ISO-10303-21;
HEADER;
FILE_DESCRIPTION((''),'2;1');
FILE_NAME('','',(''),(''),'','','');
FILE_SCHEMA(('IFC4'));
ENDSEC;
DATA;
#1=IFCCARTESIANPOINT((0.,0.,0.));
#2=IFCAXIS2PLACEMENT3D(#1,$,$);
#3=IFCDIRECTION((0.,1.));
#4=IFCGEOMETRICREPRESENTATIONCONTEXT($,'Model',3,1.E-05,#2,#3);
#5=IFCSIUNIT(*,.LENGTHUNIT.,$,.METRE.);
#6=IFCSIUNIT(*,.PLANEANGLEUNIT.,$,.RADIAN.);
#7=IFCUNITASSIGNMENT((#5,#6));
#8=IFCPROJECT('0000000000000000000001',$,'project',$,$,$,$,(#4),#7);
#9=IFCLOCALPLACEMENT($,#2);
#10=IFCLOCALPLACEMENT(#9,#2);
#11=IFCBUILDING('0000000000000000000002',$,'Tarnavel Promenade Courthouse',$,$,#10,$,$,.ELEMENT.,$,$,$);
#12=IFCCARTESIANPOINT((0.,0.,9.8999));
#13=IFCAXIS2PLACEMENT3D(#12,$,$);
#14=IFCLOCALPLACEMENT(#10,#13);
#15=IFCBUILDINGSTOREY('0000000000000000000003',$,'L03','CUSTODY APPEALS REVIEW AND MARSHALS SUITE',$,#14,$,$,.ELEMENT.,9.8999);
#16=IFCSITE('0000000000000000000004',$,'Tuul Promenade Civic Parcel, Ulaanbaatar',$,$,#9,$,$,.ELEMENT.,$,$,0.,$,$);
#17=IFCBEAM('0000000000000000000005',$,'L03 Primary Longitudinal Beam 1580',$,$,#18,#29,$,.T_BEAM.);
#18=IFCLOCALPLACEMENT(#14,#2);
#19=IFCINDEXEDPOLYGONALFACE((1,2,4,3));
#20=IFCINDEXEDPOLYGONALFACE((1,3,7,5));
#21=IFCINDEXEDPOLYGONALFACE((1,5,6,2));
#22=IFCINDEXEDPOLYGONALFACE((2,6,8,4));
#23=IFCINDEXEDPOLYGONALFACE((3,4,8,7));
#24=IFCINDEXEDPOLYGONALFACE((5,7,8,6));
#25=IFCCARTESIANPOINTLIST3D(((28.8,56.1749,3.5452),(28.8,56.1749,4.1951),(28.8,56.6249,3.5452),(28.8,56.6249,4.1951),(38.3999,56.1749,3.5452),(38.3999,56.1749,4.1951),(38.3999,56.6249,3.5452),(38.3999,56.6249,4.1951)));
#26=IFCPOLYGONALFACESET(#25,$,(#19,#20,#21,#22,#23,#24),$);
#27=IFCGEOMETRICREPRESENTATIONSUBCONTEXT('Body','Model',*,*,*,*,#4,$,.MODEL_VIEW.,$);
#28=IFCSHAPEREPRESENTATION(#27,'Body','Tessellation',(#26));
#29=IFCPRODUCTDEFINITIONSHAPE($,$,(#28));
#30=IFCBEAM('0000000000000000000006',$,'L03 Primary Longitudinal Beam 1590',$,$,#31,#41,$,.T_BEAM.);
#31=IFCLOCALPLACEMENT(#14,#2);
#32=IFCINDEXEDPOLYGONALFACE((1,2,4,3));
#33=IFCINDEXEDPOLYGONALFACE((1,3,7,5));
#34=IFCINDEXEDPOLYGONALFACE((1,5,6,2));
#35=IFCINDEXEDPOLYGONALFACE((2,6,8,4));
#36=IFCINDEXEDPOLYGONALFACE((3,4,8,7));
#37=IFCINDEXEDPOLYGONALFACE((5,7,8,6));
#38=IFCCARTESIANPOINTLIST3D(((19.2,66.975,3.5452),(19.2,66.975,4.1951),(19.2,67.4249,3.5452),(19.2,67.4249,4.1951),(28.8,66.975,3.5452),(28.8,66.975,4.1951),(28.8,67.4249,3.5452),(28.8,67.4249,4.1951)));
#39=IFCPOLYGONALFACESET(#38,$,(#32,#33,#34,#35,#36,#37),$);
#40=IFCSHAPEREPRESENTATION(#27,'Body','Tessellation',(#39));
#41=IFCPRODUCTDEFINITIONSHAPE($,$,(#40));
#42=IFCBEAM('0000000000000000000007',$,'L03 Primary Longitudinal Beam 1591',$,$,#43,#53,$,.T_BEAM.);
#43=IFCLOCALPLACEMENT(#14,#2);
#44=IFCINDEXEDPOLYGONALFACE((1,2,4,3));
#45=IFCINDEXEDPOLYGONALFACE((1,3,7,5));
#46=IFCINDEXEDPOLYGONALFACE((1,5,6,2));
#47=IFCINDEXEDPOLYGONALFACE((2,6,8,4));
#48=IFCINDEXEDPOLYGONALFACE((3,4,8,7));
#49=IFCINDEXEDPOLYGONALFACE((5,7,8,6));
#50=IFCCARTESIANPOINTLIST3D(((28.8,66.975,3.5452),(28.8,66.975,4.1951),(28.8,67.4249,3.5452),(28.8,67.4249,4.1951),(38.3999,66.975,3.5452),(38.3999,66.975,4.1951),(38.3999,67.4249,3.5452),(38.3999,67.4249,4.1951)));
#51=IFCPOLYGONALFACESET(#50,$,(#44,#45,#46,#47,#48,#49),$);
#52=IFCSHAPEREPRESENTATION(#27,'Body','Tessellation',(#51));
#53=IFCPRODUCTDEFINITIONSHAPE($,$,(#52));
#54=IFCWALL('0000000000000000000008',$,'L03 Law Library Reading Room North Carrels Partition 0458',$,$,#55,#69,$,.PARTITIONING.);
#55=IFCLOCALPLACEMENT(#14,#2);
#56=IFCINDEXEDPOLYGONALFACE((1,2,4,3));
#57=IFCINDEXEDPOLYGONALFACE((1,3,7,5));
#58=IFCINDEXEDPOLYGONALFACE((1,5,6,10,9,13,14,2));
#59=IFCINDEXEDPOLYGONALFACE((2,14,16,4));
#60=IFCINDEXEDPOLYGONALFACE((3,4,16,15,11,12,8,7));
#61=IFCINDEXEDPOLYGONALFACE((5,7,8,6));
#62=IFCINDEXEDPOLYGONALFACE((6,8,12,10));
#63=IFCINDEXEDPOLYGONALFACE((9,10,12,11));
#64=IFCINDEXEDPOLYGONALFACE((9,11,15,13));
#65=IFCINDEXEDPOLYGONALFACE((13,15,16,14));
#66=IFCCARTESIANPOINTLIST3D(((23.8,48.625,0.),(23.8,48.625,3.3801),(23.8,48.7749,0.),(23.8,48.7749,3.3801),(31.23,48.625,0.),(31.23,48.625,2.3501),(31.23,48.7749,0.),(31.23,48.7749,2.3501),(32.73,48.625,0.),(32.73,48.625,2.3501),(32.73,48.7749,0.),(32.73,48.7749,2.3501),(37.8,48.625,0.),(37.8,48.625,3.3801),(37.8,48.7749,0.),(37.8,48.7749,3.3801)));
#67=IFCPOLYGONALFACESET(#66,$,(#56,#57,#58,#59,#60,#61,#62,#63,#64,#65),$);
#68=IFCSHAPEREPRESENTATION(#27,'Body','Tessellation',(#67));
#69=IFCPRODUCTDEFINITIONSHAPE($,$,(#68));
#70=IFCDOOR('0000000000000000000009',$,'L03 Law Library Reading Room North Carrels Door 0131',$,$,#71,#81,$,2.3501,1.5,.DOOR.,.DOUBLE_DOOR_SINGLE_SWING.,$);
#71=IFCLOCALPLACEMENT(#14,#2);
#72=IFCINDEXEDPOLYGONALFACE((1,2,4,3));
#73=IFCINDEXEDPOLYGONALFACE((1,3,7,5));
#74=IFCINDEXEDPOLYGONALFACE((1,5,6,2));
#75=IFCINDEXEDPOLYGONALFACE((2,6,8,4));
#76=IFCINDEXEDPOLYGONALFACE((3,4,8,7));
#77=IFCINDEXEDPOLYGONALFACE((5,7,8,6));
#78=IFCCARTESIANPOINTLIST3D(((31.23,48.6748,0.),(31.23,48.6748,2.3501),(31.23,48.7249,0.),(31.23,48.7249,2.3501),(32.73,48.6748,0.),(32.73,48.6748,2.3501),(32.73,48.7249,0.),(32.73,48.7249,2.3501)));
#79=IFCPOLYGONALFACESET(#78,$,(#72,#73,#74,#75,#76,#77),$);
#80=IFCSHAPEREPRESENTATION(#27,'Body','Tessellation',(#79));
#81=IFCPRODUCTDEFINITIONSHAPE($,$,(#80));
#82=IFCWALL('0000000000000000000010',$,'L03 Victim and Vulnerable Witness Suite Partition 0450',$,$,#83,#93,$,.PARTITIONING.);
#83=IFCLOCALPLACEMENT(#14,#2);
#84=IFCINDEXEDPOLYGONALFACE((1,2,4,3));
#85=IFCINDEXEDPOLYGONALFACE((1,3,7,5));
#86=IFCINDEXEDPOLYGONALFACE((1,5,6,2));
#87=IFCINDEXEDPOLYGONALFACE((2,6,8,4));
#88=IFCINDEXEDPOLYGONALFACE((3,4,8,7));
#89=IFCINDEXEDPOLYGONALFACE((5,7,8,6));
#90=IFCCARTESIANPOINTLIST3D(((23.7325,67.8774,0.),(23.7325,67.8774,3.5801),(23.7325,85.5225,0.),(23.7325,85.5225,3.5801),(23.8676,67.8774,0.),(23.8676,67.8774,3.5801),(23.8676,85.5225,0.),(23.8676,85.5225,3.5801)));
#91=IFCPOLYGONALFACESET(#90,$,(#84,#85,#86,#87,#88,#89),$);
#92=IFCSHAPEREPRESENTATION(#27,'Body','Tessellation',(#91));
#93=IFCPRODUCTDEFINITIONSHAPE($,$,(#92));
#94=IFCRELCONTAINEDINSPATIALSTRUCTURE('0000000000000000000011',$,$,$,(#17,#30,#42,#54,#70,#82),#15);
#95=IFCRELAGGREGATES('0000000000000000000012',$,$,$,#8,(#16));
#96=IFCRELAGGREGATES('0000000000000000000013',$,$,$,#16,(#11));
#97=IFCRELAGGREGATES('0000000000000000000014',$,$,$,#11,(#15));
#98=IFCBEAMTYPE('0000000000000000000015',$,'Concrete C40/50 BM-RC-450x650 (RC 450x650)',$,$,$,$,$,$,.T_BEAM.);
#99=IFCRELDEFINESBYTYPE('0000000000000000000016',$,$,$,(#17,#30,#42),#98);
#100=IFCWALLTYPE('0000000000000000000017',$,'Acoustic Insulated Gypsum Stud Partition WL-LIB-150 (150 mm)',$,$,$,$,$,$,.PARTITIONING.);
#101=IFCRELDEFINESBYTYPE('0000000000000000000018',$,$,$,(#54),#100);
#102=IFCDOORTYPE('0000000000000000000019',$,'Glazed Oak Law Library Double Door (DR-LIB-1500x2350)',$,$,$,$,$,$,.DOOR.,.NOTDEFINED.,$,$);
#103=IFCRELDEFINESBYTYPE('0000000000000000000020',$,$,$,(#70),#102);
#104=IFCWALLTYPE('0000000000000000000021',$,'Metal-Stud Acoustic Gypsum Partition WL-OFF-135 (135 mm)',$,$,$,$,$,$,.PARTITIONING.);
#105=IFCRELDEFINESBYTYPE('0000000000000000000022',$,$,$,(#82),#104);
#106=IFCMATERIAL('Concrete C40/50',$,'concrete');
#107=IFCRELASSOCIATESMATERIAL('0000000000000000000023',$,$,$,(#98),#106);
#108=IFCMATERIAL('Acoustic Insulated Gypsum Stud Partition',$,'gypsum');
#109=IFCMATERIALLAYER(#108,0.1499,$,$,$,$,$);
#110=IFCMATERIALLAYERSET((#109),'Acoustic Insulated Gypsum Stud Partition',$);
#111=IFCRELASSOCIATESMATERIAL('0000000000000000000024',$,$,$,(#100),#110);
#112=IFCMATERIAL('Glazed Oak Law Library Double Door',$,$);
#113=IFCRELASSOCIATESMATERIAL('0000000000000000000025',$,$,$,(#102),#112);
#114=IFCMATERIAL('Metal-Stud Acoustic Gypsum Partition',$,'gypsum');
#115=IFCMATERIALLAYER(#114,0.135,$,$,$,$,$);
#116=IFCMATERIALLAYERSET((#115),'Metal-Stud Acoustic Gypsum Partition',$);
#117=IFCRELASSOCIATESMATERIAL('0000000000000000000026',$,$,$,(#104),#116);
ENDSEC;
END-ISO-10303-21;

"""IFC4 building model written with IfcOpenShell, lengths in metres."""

from ifc_helpers import new_model, si_unit, direction, frame, frame_2d, origin, origin_2d, place, context, subcontext, project, spatial, rectangle, extrude, material, layer, layer_set, material_profile, profile_set, type_object, element, fill, save


model = new_model("IFC4")

# Units and contexts
model_context = context("Model", 3, precision=1e-05, world=origin(), true_north=direction((0.0, 1.0)))
body_context = subcontext(model_context, "Body", "Model", "MODEL_VIEW")
ifc_project = project(units=[si_unit("LENGTHUNIT", "METRE"), si_unit("PLANEANGLEUNIT", "RADIAN")], contexts=[model_context])

# Site, building, storey
site_placement = place(None, origin())
site = spatial("IfcSite", under=ifc_project, at=site_placement, Name="Tuul Promenade Civic Parcel, Ulaanbaatar", CompositionType="ELEMENT", RefElevation=0.0)
building_placement = place(site_placement, origin())
building = spatial("IfcBuilding", under=site, at=building_placement, Name="Tarnavel Promenade Courthouse", CompositionType="ELEMENT")
storey_placement = place(building_placement, frame((0.0, 0.0, 9.8999)))
storey = spatial("IfcBuildingStorey", under=building, at=storey_placement, Name="L03", Description="CUSTODY APPEALS REVIEW AND MARSHALS SUITE", CompositionType="ELEMENT", Elevation=9.8999)

# Shared definitions
ifc_material_1 = material(Name="Concrete C40/50", Category="concrete")

# Beams
ifc_material_profile_1 = material_profile(ifc_material_1, rectangle(XDim=0.45, YDim=0.6499, at=origin_2d()), Name="RC 450x650")
ifc_profile_set_1 = profile_set([ifc_material_profile_1], Name="Concrete C40/50")
beam_type_1 = type_object("IfcBeamType", Name="Concrete C40/50 BM-RC-450x650 (RC 450x650)", PredefinedType="T_BEAM", material=ifc_profile_set_1)
beam_1_placement = place(storey_placement, frame((28.8, 56.3999, 3.8701), z_axis=(1.0, 0.0, 0.0), x_axis=(0.0, 1.0, 0.0)))
element("IfcBeam", 1, at=beam_1_placement, inside=storey, type_object=beam_type_1, Name="L03 Primary Longitudinal Beam 1580", PredefinedType="T_BEAM", context=body_context, shape_type="SweptSolid", body=[
    extrude(rectangle(XDim=0.45, YDim=0.6499, at=origin_2d()), origin(), (0.0, 0.0, 1.0), 9.5999),
])
beam_2_placement = place(storey_placement, frame((19.2, 67.2, 3.8701), z_axis=(1.0, 0.0, 0.0), x_axis=(0.0, 1.0, 0.0)))
element("IfcBeam", 2, at=beam_2_placement, inside=storey, type_object=beam_type_1, Name="L03 Primary Longitudinal Beam 1590", PredefinedType="T_BEAM", context=body_context, shape_type="SweptSolid", body=[
    extrude(rectangle(XDim=0.45, YDim=0.6499, at=origin_2d()), origin(), (0.0, 0.0, 1.0), 9.6001),
])
beam_3_placement = place(storey_placement, frame((28.8, 67.2, 3.8701), z_axis=(1.0, 0.0, 0.0), x_axis=(0.0, 1.0, 0.0)))
element("IfcBeam", 3, at=beam_3_placement, inside=storey, type_object=beam_type_1, Name="L03 Primary Longitudinal Beam 1591", PredefinedType="T_BEAM", context=body_context, shape_type="SweptSolid", body=[
    extrude(rectangle(XDim=0.45, YDim=0.6499, at=origin_2d()), origin(), (0.0, 0.0, 1.0), 9.5999),
])

# Wall, opening, door
ifc_material_2 = material(Name="Acoustic Insulated Gypsum Stud Partition", Category="gypsum")
ifc_layer_1 = layer(ifc_material_2, 0.1499)
ifc_layer_set_1 = layer_set([ifc_layer_1], Name="Acoustic Insulated Gypsum Stud Partition")
wall_type_1 = type_object("IfcWallType", Name="Acoustic Insulated Gypsum Stud Partition WL-LIB-150 (150 mm)", PredefinedType="PARTITIONING", material=ifc_layer_set_1)
wall_1_placement = place(storey_placement, frame((23.8, 48.7, 0.0), z_axis=(0.0, 0.0, 1.0), x_axis=(1.0, 0.0, 0.0)))
wall_1 = element("IfcWall", 4, at=wall_1_placement, inside=storey, type_object=wall_type_1, Name="L03 Law Library Reading Room North Carrels Partition 0458", PredefinedType="PARTITIONING", context=body_context, shape_type="SweptSolid", body=[
    extrude(rectangle(XDim=14.0, YDim=0.1499, at=frame_2d((7.0, 0.0))), origin(), (0.0, 0.0, 1.0), 3.3801),
])
opening_placement = place(wall_1_placement, frame((7.4299, 0.0, 0.0)))
opening = element("IfcOpeningElement", 5, at=opening_placement, cuts=wall_1, PredefinedType="OPENING", context=body_context, shape_type="SweptSolid", body=[
    extrude(rectangle(XDim=1.5, YDim=2.3501, at=frame_2d((0.75, 1.175))), frame((0.0, 0.085, 0.0), z_axis=(0.0, -1.0, 0.0), x_axis=(1.0, 0.0, 0.0)), (0.0, 0.0, 1.0), 0.1699),
])
ifc_material_3 = material(Name="Glazed Oak Law Library Double Door")
door_type = type_object("IfcDoorType", Name="Glazed Oak Law Library Double Door (DR-LIB-1500x2350)", OperationType="NOTDEFINED", PredefinedType="DOOR", material=ifc_material_3)
door_placement = place(opening_placement, origin())
door = element("IfcDoor", 6, at=door_placement, inside=storey, type_object=door_type, Name="L03 Law Library Reading Room North Carrels Door 0131", OperationType="DOUBLE_DOOR_SINGLE_SWING", OverallHeight=2.3501, OverallWidth=1.5, PredefinedType="DOOR", context=body_context, shape_type="SweptSolid", body=[
    extrude(rectangle(XDim=1.5, YDim=2.3501, at=frame_2d((0.75, 1.175))), frame((0.0, 0.0249, 0.0), z_axis=(0.0, -1.0, 0.0), x_axis=(1.0, 0.0, 0.0)), (0.0, 0.0, 1.0), 0.05),
])
fill(opening, door)

# Wall
ifc_material_4 = material(Name="Metal-Stud Acoustic Gypsum Partition", Category="gypsum")
ifc_layer_2 = layer(ifc_material_4, 0.135)
ifc_layer_set_2 = layer_set([ifc_layer_2], Name="Metal-Stud Acoustic Gypsum Partition")
wall_type_2 = type_object("IfcWallType", Name="Metal-Stud Acoustic Gypsum Partition WL-OFF-135 (135 mm)", PredefinedType="PARTITIONING", material=ifc_layer_set_2)
wall_2_placement = place(storey_placement, frame((23.8, 67.8774, 0.0), z_axis=(0.0, 0.0, 1.0), x_axis=(0.0, 1.0, 0.0)))
element("IfcWall", 7, at=wall_2_placement, inside=storey, type_object=wall_type_2, Name="L03 Victim and Vulnerable Witness Suite Partition 0450", PredefinedType="PARTITIONING", context=body_context, shape_type="SweptSolid", body=[
    extrude(rectangle(XDim=17.645, YDim=0.135, at=frame_2d((8.8225, 0.0))), origin(), (0.0, 0.0, 1.0), 3.5801),
])

save(model, "model.ifc")
